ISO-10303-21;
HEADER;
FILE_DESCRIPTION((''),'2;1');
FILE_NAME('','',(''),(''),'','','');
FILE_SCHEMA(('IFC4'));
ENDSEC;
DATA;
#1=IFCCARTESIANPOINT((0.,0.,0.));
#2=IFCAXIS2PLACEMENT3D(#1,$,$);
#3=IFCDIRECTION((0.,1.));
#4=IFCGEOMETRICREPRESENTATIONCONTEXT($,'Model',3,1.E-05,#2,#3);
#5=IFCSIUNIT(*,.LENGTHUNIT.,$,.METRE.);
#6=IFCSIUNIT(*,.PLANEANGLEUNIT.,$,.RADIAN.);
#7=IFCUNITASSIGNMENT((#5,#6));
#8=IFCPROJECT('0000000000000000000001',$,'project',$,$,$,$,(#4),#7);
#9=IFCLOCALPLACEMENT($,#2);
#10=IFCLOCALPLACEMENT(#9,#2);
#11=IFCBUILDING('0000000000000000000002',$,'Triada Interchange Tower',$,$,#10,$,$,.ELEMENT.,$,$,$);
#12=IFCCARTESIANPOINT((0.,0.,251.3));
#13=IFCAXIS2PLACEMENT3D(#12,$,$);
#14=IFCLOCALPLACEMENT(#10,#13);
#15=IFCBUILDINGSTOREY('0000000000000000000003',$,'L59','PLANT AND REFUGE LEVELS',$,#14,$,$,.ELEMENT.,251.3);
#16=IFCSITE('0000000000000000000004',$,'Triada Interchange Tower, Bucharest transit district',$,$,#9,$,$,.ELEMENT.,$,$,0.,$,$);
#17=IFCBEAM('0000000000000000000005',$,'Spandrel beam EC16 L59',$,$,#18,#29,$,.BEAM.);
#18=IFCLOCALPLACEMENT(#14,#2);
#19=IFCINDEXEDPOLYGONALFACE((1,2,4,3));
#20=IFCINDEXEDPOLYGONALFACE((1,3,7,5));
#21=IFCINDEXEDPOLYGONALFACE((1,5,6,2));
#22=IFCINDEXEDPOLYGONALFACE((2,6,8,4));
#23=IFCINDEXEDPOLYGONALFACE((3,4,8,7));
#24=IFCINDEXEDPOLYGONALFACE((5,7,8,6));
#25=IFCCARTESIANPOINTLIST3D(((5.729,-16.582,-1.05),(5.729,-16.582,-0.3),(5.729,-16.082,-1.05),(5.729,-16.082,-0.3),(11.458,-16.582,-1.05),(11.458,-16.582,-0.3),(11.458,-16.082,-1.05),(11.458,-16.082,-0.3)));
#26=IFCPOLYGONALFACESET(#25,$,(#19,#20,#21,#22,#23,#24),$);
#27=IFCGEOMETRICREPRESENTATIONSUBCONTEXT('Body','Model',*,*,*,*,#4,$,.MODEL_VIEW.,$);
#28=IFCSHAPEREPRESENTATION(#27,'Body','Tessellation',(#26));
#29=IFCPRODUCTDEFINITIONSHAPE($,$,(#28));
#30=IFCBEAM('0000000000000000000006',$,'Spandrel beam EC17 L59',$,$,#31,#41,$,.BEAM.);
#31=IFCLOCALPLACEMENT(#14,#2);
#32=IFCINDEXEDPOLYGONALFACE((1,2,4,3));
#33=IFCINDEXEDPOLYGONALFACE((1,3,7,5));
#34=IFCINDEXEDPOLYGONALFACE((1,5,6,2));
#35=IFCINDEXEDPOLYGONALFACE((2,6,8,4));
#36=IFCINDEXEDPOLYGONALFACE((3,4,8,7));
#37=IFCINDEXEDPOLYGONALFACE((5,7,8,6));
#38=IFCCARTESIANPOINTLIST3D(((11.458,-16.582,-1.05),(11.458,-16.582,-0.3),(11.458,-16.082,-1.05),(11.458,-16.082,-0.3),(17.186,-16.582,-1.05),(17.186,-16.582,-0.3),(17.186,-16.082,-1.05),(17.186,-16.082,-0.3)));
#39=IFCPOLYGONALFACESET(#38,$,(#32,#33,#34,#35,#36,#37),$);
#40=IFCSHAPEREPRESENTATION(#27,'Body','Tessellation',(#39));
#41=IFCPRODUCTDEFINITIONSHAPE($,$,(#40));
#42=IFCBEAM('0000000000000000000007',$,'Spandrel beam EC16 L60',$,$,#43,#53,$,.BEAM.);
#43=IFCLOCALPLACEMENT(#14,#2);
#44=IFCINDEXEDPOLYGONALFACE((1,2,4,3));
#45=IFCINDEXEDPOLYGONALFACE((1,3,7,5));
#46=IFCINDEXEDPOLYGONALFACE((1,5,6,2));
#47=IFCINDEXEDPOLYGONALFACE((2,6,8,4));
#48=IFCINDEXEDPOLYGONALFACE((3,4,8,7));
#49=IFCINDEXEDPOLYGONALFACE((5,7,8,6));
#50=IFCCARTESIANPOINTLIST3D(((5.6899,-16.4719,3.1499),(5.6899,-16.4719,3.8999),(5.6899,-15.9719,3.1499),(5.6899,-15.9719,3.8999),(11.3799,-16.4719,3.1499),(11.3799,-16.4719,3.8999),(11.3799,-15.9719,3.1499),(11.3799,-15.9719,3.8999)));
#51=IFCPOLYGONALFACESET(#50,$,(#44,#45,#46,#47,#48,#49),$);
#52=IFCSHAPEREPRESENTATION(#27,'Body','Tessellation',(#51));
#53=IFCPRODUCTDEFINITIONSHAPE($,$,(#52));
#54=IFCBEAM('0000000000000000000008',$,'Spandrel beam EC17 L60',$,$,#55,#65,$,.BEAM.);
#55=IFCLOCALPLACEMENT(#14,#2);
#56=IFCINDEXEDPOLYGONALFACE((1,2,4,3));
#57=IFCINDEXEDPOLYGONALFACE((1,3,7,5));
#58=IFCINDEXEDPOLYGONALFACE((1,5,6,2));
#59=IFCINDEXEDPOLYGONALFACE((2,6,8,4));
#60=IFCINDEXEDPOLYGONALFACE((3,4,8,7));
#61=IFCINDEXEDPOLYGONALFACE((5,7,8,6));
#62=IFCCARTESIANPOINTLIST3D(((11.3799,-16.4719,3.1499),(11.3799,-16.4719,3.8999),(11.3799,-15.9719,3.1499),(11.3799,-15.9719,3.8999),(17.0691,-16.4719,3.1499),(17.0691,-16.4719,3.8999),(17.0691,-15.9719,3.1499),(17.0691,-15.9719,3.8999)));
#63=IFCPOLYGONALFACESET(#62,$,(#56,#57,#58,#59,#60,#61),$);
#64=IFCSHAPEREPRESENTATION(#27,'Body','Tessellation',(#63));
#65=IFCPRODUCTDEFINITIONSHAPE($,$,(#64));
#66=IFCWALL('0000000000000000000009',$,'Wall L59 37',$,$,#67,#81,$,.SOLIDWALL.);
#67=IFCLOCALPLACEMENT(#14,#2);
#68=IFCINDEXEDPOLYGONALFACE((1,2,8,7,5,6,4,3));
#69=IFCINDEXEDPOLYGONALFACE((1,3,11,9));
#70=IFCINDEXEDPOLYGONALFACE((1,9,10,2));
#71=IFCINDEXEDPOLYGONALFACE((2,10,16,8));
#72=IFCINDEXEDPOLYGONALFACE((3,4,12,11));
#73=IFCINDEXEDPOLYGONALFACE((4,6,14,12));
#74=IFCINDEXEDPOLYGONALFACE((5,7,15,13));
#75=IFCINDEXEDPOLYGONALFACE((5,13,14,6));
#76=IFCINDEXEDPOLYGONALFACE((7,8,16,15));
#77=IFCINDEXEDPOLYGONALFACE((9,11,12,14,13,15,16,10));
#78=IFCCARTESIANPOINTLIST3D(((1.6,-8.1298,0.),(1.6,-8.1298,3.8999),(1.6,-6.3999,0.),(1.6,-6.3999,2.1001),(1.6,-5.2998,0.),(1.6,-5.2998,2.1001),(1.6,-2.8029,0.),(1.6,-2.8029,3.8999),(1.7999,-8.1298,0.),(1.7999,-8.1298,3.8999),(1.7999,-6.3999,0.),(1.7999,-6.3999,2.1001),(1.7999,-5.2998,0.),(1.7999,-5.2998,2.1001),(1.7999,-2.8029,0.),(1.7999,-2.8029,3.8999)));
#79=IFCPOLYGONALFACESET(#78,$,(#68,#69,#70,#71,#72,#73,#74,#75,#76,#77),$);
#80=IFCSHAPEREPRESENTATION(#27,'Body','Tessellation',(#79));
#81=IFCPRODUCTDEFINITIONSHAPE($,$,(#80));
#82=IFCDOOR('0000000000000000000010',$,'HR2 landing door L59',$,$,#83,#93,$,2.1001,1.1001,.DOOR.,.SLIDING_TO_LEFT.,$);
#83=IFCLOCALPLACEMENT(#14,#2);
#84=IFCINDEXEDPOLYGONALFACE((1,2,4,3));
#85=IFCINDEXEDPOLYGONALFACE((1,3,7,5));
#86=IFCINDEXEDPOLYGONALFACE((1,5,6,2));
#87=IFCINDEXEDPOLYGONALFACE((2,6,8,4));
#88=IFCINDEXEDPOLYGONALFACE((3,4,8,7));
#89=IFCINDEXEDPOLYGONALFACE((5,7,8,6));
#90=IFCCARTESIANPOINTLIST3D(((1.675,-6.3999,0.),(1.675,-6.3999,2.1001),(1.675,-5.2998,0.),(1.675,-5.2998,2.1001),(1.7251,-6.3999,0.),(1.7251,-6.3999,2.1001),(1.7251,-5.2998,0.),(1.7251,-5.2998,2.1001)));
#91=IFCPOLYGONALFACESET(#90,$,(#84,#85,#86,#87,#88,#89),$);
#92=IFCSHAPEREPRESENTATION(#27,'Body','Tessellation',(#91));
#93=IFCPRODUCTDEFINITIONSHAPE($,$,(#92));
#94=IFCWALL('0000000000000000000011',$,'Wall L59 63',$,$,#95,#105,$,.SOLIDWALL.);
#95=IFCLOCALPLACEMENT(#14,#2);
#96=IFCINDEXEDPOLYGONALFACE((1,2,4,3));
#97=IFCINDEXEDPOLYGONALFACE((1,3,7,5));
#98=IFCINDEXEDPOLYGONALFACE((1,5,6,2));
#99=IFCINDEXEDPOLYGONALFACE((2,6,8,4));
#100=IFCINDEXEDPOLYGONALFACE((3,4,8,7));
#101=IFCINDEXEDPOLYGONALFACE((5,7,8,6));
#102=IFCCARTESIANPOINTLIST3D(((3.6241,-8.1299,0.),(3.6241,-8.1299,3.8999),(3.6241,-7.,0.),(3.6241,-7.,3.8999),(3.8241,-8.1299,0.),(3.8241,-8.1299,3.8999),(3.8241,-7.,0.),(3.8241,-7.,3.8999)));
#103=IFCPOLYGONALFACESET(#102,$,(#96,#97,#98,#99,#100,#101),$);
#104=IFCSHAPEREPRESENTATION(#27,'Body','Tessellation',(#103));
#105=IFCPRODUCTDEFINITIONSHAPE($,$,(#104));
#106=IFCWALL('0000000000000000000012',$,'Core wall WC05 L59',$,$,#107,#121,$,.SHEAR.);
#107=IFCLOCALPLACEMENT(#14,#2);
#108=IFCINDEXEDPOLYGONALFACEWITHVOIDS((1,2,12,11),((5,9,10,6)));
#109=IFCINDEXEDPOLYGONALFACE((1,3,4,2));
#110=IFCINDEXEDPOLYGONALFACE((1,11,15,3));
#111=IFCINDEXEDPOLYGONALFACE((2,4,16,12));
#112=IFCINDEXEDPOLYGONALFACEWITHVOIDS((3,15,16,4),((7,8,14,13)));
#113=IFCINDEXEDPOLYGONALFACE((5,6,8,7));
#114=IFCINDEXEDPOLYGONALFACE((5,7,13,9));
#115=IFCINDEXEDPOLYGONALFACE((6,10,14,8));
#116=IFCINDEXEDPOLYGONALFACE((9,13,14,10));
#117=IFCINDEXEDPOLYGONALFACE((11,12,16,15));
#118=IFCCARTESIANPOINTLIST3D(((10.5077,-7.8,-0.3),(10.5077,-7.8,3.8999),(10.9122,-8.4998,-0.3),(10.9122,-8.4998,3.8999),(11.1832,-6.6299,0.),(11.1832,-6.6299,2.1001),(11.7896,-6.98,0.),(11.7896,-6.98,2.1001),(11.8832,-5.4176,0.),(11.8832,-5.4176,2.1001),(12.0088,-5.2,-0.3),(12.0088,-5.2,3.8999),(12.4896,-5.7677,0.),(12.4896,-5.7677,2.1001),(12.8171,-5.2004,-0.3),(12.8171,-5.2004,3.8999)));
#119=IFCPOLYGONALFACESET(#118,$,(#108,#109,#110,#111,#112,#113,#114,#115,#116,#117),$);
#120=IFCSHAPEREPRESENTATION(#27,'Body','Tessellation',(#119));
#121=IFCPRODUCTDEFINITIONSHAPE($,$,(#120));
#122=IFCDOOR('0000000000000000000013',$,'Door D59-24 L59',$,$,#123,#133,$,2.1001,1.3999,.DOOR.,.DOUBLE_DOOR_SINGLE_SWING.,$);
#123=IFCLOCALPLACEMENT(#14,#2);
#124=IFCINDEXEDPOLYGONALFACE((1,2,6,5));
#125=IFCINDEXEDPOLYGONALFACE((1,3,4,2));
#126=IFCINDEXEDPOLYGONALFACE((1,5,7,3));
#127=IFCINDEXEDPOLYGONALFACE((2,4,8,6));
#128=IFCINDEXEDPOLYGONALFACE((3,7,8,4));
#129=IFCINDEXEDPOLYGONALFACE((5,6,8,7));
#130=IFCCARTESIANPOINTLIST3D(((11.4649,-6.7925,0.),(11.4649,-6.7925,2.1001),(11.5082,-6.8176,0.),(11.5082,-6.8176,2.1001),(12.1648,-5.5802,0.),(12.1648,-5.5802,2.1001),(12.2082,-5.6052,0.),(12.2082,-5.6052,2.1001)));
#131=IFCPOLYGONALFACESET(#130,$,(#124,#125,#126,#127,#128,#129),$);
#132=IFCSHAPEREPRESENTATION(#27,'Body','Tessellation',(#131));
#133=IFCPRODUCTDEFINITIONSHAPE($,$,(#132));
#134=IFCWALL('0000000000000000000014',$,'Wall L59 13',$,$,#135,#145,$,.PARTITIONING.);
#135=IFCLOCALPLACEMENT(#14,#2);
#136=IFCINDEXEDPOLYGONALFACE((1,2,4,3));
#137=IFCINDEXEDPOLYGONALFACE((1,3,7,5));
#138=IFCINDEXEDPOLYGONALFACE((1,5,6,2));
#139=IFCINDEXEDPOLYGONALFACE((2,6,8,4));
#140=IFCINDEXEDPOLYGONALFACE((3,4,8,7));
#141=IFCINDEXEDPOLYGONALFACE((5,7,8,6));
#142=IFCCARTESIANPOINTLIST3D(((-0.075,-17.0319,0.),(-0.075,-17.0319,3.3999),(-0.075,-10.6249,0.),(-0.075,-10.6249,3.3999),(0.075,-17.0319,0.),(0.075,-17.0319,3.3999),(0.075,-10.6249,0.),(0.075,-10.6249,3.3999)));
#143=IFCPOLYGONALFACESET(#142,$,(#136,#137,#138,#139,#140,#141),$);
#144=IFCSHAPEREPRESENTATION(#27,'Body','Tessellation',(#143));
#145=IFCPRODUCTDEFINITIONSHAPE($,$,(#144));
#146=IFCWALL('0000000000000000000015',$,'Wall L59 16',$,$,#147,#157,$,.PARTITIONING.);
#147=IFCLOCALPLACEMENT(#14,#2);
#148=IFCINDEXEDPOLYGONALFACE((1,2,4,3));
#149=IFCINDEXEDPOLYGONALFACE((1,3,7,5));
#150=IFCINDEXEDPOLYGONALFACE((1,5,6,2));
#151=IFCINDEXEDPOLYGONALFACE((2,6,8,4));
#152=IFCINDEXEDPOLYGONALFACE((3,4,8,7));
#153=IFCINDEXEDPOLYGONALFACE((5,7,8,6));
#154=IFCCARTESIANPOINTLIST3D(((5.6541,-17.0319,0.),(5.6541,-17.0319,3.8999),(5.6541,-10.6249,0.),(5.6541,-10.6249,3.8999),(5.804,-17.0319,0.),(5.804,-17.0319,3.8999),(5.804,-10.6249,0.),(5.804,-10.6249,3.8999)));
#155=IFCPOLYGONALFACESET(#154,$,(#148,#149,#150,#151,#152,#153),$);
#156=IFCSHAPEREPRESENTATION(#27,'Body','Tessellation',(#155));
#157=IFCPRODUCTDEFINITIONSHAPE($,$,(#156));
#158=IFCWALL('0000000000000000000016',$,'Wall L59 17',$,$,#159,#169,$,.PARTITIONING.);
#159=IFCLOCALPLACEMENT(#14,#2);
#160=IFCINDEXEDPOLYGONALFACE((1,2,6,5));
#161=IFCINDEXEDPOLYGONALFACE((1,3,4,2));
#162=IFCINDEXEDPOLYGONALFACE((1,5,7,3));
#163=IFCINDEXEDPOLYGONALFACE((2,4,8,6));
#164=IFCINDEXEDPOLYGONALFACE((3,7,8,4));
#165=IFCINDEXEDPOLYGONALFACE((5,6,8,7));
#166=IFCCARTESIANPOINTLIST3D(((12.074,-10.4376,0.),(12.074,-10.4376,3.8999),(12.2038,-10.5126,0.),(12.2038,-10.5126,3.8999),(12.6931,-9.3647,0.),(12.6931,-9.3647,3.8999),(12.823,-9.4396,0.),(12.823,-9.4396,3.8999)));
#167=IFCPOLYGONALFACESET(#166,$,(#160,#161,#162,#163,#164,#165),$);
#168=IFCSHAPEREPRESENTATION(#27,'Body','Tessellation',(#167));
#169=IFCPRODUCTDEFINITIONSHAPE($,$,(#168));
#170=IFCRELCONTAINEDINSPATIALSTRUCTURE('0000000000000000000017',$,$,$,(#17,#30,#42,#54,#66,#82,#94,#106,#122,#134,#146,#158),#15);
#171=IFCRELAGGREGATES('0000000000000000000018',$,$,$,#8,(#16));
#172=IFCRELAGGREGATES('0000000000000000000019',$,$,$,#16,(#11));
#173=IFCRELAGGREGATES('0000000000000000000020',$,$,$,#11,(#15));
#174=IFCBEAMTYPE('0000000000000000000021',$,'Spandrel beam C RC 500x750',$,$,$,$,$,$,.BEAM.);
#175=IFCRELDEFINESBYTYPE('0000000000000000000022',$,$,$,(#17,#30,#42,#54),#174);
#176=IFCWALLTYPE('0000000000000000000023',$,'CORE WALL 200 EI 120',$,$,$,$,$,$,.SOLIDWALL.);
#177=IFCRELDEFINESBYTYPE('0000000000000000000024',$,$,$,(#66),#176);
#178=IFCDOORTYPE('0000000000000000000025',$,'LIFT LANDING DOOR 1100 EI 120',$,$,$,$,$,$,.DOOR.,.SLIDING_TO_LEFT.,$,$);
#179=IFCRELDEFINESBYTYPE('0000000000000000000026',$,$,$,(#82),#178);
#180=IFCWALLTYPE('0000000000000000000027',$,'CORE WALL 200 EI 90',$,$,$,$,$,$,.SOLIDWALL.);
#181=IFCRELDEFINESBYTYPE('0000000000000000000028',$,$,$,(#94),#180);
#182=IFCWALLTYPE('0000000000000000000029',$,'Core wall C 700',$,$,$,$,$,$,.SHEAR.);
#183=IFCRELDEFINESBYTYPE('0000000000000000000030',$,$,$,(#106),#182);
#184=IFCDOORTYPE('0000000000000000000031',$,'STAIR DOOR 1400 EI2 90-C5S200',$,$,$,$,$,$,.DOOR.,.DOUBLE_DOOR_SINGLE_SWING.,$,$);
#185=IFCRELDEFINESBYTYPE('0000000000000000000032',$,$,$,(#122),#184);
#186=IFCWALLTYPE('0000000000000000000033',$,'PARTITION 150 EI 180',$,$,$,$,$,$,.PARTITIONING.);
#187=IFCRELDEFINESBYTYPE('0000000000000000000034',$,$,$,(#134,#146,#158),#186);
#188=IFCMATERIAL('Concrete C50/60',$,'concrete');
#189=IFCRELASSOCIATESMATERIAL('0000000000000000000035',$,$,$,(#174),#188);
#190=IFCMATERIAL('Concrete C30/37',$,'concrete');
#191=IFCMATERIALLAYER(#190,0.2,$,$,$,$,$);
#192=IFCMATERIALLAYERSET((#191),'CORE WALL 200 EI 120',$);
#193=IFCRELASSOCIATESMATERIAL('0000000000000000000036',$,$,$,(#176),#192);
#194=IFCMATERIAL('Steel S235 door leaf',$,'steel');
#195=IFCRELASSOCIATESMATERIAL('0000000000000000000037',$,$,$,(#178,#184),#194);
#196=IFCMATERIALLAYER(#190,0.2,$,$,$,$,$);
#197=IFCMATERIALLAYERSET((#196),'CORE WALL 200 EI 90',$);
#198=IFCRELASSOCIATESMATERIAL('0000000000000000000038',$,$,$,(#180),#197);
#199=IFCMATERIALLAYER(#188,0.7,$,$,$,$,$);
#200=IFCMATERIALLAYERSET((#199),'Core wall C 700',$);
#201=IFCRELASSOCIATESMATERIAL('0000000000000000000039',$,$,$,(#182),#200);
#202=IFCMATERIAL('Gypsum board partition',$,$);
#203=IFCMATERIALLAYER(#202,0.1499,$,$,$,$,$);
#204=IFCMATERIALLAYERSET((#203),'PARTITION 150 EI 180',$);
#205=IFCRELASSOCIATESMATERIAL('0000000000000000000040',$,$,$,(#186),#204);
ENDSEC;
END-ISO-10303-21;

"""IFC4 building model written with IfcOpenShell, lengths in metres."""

from ifc_helpers import new_model, si_unit, direction, frame, frame_2d, origin, origin_2d, place, context, subcontext, project, spatial, polyline, rectangle, outline, extrude, material, layer, layer_set, material_profile, profile_set, type_object, element, fill, save


model = new_model("IFC4")

# Units and contexts
model_context = context("Model", 3, precision=1e-05, world=origin(), true_north=direction((0.0, 1.0)))
body_context = subcontext(model_context, "Body", "Model", "MODEL_VIEW")
ifc_project = project(units=[si_unit("LENGTHUNIT", "METRE"), si_unit("PLANEANGLEUNIT", "RADIAN")], contexts=[model_context])

# Site, building, storey
site_placement = place(None, origin())
site = spatial("IfcSite", under=ifc_project, at=site_placement, Name="Triada Interchange Tower, Bucharest transit district", CompositionType="ELEMENT", RefElevation=0.0)
building_placement = place(site_placement, origin())
building = spatial("IfcBuilding", under=site, at=building_placement, Name="Triada Interchange Tower", CompositionType="ELEMENT")
storey_placement = place(building_placement, frame((0.0, 0.0, 251.3)))
storey = spatial("IfcBuildingStorey", under=building, at=storey_placement, Name="L59", Description="PLANT AND REFUGE LEVELS", CompositionType="ELEMENT", Elevation=251.3)

# Shared definitions
ifc_material_1 = material(Name="Concrete C50/60", Category="concrete")

# Beams
ifc_material_profile_1 = material_profile(ifc_material_1, rectangle(XDim=0.5, YDim=0.75, at=origin_2d()), Name="RC 500x750")
ifc_profile_set_1 = profile_set([ifc_material_profile_1], Name="Concrete C50/60")
beam_type_1 = type_object("IfcBeamType", Name="Spandrel beam C RC 500x750", PredefinedType="BEAM", material=ifc_profile_set_1)
beam_1_placement = place(storey_placement, frame((5.729, -16.332, -0.675), z_axis=(1.0, 0.0, 0.0), x_axis=(0.0, 1.0, 0.0)))
element("IfcBeam", 1, at=beam_1_placement, inside=storey, type_object=beam_type_1, Name="Spandrel beam EC16 L59", PredefinedType="BEAM", context=body_context, shape_type="SweptSolid", body=[
    extrude(rectangle(XDim=0.5, YDim=0.75, at=origin_2d()), origin(), (0.0, 0.0, 1.0), 5.729),
])
beam_2_placement = place(storey_placement, frame((11.458, -16.332, -0.675), z_axis=(1.0, 0.0, 0.0), x_axis=(0.0, 1.0, 0.0)))
element("IfcBeam", 2, at=beam_2_placement, inside=storey, type_object=beam_type_1, Name="Spandrel beam EC17 L59", PredefinedType="BEAM", context=body_context, shape_type="SweptSolid", body=[
    extrude(rectangle(XDim=0.5, YDim=0.75, at=origin_2d()), origin(), (0.0, 0.0, 1.0), 5.728),
])
beam_3_placement = place(storey_placement, frame((5.6899, -16.2219, 3.5249), z_axis=(1.0, 0.0, 0.0), x_axis=(0.0, 1.0, 0.0)))
element("IfcBeam", 3, at=beam_3_placement, inside=storey, type_object=beam_type_1, Name="Spandrel beam EC16 L60", PredefinedType="BEAM", context=body_context, shape_type="SweptSolid", body=[
    extrude(rectangle(XDim=0.5, YDim=0.75, at=origin_2d()), origin(), (0.0, 0.0, 1.0), 5.6899),
])
beam_4_placement = place(storey_placement, frame((11.3799, -16.2219, 3.5249), z_axis=(1.0, 0.0, 0.0), x_axis=(0.0, 1.0, 0.0)))
element("IfcBeam", 4, at=beam_4_placement, inside=storey, type_object=beam_type_1, Name="Spandrel beam EC17 L60", PredefinedType="BEAM", context=body_context, shape_type="SweptSolid", body=[
    extrude(rectangle(XDim=0.5, YDim=0.75, at=origin_2d()), origin(), (0.0, 0.0, 1.0), 5.6892),
])

# Wall, opening, door
ifc_material_2 = material(Name="Concrete C30/37", Category="concrete")
ifc_layer_1 = layer(ifc_material_2, 0.2)
ifc_layer_set_1 = layer_set([ifc_layer_1], Name="CORE WALL 200 EI 120")
wall_type_1 = type_object("IfcWallType", Name="CORE WALL 200 EI 120", PredefinedType="SOLIDWALL", material=ifc_layer_set_1)
wall_1_placement = place(storey_placement, frame((1.7, -8.1299, 0.0), z_axis=(0.0, 0.0, 1.0), x_axis=(0.0, 1.0, 0.0)))
wall_1 = element("IfcWall", 5, at=wall_1_placement, inside=storey, type_object=wall_type_1, Name="Wall L59 37", PredefinedType="SOLIDWALL", context=body_context, shape_type="SweptSolid", body=[
    extrude(rectangle(XDim=5.3269, YDim=0.2, at=frame_2d((2.6636, 0.0))), origin(), (0.0, 0.0, 1.0), 3.8999),
])
opening_1_placement = place(wall_1_placement, frame((1.73, 0.0, 0.0)))
opening_1 = element("IfcOpeningElement", 6, at=opening_1_placement, cuts=wall_1, PredefinedType="OPENING", context=body_context, shape_type="SweptSolid", body=[
    extrude(rectangle(XDim=1.1001, YDim=2.1001, at=frame_2d((0.55, 1.05))), frame((0.0, 0.1099, 0.0), z_axis=(0.0, -1.0, 0.0), x_axis=(1.0, 0.0, 0.0)), (0.0, 0.0, 1.0), 0.22),
])
ifc_material_3 = material(Name="Steel S235 door leaf", Category="steel")
door_type_1 = type_object("IfcDoorType", Name="LIFT LANDING DOOR 1100 EI 120", OperationType="SLIDING_TO_LEFT", PredefinedType="DOOR", material=ifc_material_3)
door_1_placement = place(opening_1_placement, origin())
door_1 = element("IfcDoor", 7, at=door_1_placement, inside=storey, type_object=door_type_1, Name="HR2 landing door L59", OperationType="SLIDING_TO_LEFT", OverallHeight=2.1001, OverallWidth=1.1001, PredefinedType="DOOR", context=body_context, shape_type="SweptSolid", body=[
    extrude(rectangle(XDim=1.1001, YDim=2.1001, at=frame_2d((0.55, 1.05))), frame((0.0, 0.0249, 0.0), z_axis=(0.0, -1.0, 0.0), x_axis=(1.0, 0.0, 0.0)), (0.0, 0.0, 1.0), 0.05),
])
fill(opening_1, door_1)

# Wall
ifc_layer_2 = layer(ifc_material_2, 0.2)
ifc_layer_set_2 = layer_set([ifc_layer_2], Name="CORE WALL 200 EI 90")
wall_type_2 = type_object("IfcWallType", Name="CORE WALL 200 EI 90", PredefinedType="SOLIDWALL", material=ifc_layer_set_2)
wall_2_placement = place(storey_placement, frame((3.7241, -8.1299, 0.0), z_axis=(0.0, 0.0, 1.0), x_axis=(0.0, 1.0, 0.0)))
element("IfcWall", 8, at=wall_2_placement, inside=storey, type_object=wall_type_2, Name="Wall L59 63", PredefinedType="SOLIDWALL", context=body_context, shape_type="SweptSolid", body=[
    extrude(rectangle(XDim=1.1299, YDim=0.2, at=frame_2d((0.5649, 0.0))), origin(), (0.0, 0.0, 1.0), 3.8999),
])

# Wall, opening, door
ifc_layer_3 = layer(ifc_material_1, 0.7)
ifc_layer_set_3 = layer_set([ifc_layer_3], Name="Core wall C 700")
wall_type_3 = type_object("IfcWallType", Name="Core wall C 700", PredefinedType="SHEAR", material=ifc_layer_set_3)
wall_3_placement = place(storey_placement, frame((10.71, -8.1499, -0.3), z_axis=(0.0, 0.0, 1.0), x_axis=(0.499993, 0.866029, 0.0)))
wall_3 = element("IfcWall", 9, at=wall_3_placement, inside=storey, type_object=wall_type_3, Name="Core wall WC05 L59", PredefinedType="SHEAR", context=body_context, shape_type="SweptSolid", body=[
    extrude(outline(polyline([(-0.2019, -0.3501), (1.7031, -0.3501), (3.6079, -0.3501), (3.2041, 0.3501), (1.7031, 0.3501), (0.2019, 0.3501), (-0.2019, -0.3501)])), origin(), (0.0, 0.0, 1.0), 4.2),
])
opening_2_placement = place(wall_3_placement, frame((1.553, 0.0, 0.3)))
opening_2 = element("IfcOpeningElement", 10, at=opening_2_placement, cuts=wall_3, PredefinedType="OPENING", context=body_context, shape_type="SweptSolid", body=[
    extrude(rectangle(XDim=1.3999, YDim=2.1001, at=frame_2d((0.7, 1.05))), frame((0.0, 0.3601, 0.0), z_axis=(0.0, -1.0, 0.0), x_axis=(1.0, 0.0, 0.0)), (0.0, 0.0, 1.0), 0.7202),
])
door_type_2 = type_object("IfcDoorType", Name="STAIR DOOR 1400 EI2 90-C5S200", OperationType="DOUBLE_DOOR_SINGLE_SWING", PredefinedType="DOOR", material=ifc_material_3)
door_2_placement = place(opening_2_placement, origin())
door_2 = element("IfcDoor", 11, at=door_2_placement, inside=storey, type_object=door_type_2, Name="Door D59-24 L59", OperationType="DOUBLE_DOOR_SINGLE_SWING", OverallHeight=2.1001, OverallWidth=1.3999, PredefinedType="DOOR", context=body_context, shape_type="SweptSolid", body=[
    extrude(rectangle(XDim=1.3999, YDim=2.1001, at=frame_2d((0.7, 1.05))), frame((0.0, 0.0249, 0.0), z_axis=(0.0, -1.0, 0.0), x_axis=(1.0, 0.0, 0.0)), (0.0, 0.0, 1.0), 0.05),
])
fill(opening_2, door_2)

# Walls
ifc_material_4 = material(Name="Gypsum board partition")
ifc_layer_4 = layer(ifc_material_4, 0.1499)
ifc_layer_set_4 = layer_set([ifc_layer_4], Name="PARTITION 150 EI 180")
wall_type_4 = type_object("IfcWallType", Name="PARTITION 150 EI 180", PredefinedType="PARTITIONING", material=ifc_layer_set_4)
wall_4_placement = place(storey_placement, frame((0.0, -17.032, 0.0), z_axis=(0.0, 0.0, 1.0), x_axis=(0.0, 1.0, 0.0)))
element("IfcWall", 12, at=wall_4_placement, inside=storey, type_object=wall_type_4, Name="Wall L59 13", PredefinedType="PARTITIONING", context=body_context, shape_type="SweptSolid", body=[
    extrude(rectangle(XDim=6.407, YDim=0.1499, at=frame_2d((3.2036, 0.0))), origin(), (0.0, 0.0, 1.0), 3.3999),
])
wall_5_placement = place(storey_placement, frame((5.729, -17.032, 0.0), z_axis=(0.0, 0.0, 1.0), x_axis=(0.0, 1.0, 0.0)))
element("IfcWall", 13, at=wall_5_placement, inside=storey, type_object=wall_type_4, Name="Wall L59 16", PredefinedType="PARTITIONING", context=body_context, shape_type="SweptSolid", body=[
    extrude(rectangle(XDim=6.407, YDim=0.1499, at=frame_2d((3.2036, 0.0))), origin(), (0.0, 0.0, 1.0), 3.8999),
])
wall_6_placement = place(storey_placement, frame((12.1389, -10.4751, 0.0), z_axis=(0.0, 0.0, 1.0), x_axis=(0.499785, 0.866149, 0.0)))
element("IfcWall", 14, at=wall_6_placement, inside=storey, type_object=wall_type_4, Name="Wall L59 17", PredefinedType="PARTITIONING", context=body_context, shape_type="SweptSolid", body=[
    extrude(rectangle(XDim=1.2388, YDim=0.1499, at=frame_2d((0.6194, 0.0))), origin(), (0.0, 0.0, 1.0), 3.8999),
])

save(model, "model.ifc")
